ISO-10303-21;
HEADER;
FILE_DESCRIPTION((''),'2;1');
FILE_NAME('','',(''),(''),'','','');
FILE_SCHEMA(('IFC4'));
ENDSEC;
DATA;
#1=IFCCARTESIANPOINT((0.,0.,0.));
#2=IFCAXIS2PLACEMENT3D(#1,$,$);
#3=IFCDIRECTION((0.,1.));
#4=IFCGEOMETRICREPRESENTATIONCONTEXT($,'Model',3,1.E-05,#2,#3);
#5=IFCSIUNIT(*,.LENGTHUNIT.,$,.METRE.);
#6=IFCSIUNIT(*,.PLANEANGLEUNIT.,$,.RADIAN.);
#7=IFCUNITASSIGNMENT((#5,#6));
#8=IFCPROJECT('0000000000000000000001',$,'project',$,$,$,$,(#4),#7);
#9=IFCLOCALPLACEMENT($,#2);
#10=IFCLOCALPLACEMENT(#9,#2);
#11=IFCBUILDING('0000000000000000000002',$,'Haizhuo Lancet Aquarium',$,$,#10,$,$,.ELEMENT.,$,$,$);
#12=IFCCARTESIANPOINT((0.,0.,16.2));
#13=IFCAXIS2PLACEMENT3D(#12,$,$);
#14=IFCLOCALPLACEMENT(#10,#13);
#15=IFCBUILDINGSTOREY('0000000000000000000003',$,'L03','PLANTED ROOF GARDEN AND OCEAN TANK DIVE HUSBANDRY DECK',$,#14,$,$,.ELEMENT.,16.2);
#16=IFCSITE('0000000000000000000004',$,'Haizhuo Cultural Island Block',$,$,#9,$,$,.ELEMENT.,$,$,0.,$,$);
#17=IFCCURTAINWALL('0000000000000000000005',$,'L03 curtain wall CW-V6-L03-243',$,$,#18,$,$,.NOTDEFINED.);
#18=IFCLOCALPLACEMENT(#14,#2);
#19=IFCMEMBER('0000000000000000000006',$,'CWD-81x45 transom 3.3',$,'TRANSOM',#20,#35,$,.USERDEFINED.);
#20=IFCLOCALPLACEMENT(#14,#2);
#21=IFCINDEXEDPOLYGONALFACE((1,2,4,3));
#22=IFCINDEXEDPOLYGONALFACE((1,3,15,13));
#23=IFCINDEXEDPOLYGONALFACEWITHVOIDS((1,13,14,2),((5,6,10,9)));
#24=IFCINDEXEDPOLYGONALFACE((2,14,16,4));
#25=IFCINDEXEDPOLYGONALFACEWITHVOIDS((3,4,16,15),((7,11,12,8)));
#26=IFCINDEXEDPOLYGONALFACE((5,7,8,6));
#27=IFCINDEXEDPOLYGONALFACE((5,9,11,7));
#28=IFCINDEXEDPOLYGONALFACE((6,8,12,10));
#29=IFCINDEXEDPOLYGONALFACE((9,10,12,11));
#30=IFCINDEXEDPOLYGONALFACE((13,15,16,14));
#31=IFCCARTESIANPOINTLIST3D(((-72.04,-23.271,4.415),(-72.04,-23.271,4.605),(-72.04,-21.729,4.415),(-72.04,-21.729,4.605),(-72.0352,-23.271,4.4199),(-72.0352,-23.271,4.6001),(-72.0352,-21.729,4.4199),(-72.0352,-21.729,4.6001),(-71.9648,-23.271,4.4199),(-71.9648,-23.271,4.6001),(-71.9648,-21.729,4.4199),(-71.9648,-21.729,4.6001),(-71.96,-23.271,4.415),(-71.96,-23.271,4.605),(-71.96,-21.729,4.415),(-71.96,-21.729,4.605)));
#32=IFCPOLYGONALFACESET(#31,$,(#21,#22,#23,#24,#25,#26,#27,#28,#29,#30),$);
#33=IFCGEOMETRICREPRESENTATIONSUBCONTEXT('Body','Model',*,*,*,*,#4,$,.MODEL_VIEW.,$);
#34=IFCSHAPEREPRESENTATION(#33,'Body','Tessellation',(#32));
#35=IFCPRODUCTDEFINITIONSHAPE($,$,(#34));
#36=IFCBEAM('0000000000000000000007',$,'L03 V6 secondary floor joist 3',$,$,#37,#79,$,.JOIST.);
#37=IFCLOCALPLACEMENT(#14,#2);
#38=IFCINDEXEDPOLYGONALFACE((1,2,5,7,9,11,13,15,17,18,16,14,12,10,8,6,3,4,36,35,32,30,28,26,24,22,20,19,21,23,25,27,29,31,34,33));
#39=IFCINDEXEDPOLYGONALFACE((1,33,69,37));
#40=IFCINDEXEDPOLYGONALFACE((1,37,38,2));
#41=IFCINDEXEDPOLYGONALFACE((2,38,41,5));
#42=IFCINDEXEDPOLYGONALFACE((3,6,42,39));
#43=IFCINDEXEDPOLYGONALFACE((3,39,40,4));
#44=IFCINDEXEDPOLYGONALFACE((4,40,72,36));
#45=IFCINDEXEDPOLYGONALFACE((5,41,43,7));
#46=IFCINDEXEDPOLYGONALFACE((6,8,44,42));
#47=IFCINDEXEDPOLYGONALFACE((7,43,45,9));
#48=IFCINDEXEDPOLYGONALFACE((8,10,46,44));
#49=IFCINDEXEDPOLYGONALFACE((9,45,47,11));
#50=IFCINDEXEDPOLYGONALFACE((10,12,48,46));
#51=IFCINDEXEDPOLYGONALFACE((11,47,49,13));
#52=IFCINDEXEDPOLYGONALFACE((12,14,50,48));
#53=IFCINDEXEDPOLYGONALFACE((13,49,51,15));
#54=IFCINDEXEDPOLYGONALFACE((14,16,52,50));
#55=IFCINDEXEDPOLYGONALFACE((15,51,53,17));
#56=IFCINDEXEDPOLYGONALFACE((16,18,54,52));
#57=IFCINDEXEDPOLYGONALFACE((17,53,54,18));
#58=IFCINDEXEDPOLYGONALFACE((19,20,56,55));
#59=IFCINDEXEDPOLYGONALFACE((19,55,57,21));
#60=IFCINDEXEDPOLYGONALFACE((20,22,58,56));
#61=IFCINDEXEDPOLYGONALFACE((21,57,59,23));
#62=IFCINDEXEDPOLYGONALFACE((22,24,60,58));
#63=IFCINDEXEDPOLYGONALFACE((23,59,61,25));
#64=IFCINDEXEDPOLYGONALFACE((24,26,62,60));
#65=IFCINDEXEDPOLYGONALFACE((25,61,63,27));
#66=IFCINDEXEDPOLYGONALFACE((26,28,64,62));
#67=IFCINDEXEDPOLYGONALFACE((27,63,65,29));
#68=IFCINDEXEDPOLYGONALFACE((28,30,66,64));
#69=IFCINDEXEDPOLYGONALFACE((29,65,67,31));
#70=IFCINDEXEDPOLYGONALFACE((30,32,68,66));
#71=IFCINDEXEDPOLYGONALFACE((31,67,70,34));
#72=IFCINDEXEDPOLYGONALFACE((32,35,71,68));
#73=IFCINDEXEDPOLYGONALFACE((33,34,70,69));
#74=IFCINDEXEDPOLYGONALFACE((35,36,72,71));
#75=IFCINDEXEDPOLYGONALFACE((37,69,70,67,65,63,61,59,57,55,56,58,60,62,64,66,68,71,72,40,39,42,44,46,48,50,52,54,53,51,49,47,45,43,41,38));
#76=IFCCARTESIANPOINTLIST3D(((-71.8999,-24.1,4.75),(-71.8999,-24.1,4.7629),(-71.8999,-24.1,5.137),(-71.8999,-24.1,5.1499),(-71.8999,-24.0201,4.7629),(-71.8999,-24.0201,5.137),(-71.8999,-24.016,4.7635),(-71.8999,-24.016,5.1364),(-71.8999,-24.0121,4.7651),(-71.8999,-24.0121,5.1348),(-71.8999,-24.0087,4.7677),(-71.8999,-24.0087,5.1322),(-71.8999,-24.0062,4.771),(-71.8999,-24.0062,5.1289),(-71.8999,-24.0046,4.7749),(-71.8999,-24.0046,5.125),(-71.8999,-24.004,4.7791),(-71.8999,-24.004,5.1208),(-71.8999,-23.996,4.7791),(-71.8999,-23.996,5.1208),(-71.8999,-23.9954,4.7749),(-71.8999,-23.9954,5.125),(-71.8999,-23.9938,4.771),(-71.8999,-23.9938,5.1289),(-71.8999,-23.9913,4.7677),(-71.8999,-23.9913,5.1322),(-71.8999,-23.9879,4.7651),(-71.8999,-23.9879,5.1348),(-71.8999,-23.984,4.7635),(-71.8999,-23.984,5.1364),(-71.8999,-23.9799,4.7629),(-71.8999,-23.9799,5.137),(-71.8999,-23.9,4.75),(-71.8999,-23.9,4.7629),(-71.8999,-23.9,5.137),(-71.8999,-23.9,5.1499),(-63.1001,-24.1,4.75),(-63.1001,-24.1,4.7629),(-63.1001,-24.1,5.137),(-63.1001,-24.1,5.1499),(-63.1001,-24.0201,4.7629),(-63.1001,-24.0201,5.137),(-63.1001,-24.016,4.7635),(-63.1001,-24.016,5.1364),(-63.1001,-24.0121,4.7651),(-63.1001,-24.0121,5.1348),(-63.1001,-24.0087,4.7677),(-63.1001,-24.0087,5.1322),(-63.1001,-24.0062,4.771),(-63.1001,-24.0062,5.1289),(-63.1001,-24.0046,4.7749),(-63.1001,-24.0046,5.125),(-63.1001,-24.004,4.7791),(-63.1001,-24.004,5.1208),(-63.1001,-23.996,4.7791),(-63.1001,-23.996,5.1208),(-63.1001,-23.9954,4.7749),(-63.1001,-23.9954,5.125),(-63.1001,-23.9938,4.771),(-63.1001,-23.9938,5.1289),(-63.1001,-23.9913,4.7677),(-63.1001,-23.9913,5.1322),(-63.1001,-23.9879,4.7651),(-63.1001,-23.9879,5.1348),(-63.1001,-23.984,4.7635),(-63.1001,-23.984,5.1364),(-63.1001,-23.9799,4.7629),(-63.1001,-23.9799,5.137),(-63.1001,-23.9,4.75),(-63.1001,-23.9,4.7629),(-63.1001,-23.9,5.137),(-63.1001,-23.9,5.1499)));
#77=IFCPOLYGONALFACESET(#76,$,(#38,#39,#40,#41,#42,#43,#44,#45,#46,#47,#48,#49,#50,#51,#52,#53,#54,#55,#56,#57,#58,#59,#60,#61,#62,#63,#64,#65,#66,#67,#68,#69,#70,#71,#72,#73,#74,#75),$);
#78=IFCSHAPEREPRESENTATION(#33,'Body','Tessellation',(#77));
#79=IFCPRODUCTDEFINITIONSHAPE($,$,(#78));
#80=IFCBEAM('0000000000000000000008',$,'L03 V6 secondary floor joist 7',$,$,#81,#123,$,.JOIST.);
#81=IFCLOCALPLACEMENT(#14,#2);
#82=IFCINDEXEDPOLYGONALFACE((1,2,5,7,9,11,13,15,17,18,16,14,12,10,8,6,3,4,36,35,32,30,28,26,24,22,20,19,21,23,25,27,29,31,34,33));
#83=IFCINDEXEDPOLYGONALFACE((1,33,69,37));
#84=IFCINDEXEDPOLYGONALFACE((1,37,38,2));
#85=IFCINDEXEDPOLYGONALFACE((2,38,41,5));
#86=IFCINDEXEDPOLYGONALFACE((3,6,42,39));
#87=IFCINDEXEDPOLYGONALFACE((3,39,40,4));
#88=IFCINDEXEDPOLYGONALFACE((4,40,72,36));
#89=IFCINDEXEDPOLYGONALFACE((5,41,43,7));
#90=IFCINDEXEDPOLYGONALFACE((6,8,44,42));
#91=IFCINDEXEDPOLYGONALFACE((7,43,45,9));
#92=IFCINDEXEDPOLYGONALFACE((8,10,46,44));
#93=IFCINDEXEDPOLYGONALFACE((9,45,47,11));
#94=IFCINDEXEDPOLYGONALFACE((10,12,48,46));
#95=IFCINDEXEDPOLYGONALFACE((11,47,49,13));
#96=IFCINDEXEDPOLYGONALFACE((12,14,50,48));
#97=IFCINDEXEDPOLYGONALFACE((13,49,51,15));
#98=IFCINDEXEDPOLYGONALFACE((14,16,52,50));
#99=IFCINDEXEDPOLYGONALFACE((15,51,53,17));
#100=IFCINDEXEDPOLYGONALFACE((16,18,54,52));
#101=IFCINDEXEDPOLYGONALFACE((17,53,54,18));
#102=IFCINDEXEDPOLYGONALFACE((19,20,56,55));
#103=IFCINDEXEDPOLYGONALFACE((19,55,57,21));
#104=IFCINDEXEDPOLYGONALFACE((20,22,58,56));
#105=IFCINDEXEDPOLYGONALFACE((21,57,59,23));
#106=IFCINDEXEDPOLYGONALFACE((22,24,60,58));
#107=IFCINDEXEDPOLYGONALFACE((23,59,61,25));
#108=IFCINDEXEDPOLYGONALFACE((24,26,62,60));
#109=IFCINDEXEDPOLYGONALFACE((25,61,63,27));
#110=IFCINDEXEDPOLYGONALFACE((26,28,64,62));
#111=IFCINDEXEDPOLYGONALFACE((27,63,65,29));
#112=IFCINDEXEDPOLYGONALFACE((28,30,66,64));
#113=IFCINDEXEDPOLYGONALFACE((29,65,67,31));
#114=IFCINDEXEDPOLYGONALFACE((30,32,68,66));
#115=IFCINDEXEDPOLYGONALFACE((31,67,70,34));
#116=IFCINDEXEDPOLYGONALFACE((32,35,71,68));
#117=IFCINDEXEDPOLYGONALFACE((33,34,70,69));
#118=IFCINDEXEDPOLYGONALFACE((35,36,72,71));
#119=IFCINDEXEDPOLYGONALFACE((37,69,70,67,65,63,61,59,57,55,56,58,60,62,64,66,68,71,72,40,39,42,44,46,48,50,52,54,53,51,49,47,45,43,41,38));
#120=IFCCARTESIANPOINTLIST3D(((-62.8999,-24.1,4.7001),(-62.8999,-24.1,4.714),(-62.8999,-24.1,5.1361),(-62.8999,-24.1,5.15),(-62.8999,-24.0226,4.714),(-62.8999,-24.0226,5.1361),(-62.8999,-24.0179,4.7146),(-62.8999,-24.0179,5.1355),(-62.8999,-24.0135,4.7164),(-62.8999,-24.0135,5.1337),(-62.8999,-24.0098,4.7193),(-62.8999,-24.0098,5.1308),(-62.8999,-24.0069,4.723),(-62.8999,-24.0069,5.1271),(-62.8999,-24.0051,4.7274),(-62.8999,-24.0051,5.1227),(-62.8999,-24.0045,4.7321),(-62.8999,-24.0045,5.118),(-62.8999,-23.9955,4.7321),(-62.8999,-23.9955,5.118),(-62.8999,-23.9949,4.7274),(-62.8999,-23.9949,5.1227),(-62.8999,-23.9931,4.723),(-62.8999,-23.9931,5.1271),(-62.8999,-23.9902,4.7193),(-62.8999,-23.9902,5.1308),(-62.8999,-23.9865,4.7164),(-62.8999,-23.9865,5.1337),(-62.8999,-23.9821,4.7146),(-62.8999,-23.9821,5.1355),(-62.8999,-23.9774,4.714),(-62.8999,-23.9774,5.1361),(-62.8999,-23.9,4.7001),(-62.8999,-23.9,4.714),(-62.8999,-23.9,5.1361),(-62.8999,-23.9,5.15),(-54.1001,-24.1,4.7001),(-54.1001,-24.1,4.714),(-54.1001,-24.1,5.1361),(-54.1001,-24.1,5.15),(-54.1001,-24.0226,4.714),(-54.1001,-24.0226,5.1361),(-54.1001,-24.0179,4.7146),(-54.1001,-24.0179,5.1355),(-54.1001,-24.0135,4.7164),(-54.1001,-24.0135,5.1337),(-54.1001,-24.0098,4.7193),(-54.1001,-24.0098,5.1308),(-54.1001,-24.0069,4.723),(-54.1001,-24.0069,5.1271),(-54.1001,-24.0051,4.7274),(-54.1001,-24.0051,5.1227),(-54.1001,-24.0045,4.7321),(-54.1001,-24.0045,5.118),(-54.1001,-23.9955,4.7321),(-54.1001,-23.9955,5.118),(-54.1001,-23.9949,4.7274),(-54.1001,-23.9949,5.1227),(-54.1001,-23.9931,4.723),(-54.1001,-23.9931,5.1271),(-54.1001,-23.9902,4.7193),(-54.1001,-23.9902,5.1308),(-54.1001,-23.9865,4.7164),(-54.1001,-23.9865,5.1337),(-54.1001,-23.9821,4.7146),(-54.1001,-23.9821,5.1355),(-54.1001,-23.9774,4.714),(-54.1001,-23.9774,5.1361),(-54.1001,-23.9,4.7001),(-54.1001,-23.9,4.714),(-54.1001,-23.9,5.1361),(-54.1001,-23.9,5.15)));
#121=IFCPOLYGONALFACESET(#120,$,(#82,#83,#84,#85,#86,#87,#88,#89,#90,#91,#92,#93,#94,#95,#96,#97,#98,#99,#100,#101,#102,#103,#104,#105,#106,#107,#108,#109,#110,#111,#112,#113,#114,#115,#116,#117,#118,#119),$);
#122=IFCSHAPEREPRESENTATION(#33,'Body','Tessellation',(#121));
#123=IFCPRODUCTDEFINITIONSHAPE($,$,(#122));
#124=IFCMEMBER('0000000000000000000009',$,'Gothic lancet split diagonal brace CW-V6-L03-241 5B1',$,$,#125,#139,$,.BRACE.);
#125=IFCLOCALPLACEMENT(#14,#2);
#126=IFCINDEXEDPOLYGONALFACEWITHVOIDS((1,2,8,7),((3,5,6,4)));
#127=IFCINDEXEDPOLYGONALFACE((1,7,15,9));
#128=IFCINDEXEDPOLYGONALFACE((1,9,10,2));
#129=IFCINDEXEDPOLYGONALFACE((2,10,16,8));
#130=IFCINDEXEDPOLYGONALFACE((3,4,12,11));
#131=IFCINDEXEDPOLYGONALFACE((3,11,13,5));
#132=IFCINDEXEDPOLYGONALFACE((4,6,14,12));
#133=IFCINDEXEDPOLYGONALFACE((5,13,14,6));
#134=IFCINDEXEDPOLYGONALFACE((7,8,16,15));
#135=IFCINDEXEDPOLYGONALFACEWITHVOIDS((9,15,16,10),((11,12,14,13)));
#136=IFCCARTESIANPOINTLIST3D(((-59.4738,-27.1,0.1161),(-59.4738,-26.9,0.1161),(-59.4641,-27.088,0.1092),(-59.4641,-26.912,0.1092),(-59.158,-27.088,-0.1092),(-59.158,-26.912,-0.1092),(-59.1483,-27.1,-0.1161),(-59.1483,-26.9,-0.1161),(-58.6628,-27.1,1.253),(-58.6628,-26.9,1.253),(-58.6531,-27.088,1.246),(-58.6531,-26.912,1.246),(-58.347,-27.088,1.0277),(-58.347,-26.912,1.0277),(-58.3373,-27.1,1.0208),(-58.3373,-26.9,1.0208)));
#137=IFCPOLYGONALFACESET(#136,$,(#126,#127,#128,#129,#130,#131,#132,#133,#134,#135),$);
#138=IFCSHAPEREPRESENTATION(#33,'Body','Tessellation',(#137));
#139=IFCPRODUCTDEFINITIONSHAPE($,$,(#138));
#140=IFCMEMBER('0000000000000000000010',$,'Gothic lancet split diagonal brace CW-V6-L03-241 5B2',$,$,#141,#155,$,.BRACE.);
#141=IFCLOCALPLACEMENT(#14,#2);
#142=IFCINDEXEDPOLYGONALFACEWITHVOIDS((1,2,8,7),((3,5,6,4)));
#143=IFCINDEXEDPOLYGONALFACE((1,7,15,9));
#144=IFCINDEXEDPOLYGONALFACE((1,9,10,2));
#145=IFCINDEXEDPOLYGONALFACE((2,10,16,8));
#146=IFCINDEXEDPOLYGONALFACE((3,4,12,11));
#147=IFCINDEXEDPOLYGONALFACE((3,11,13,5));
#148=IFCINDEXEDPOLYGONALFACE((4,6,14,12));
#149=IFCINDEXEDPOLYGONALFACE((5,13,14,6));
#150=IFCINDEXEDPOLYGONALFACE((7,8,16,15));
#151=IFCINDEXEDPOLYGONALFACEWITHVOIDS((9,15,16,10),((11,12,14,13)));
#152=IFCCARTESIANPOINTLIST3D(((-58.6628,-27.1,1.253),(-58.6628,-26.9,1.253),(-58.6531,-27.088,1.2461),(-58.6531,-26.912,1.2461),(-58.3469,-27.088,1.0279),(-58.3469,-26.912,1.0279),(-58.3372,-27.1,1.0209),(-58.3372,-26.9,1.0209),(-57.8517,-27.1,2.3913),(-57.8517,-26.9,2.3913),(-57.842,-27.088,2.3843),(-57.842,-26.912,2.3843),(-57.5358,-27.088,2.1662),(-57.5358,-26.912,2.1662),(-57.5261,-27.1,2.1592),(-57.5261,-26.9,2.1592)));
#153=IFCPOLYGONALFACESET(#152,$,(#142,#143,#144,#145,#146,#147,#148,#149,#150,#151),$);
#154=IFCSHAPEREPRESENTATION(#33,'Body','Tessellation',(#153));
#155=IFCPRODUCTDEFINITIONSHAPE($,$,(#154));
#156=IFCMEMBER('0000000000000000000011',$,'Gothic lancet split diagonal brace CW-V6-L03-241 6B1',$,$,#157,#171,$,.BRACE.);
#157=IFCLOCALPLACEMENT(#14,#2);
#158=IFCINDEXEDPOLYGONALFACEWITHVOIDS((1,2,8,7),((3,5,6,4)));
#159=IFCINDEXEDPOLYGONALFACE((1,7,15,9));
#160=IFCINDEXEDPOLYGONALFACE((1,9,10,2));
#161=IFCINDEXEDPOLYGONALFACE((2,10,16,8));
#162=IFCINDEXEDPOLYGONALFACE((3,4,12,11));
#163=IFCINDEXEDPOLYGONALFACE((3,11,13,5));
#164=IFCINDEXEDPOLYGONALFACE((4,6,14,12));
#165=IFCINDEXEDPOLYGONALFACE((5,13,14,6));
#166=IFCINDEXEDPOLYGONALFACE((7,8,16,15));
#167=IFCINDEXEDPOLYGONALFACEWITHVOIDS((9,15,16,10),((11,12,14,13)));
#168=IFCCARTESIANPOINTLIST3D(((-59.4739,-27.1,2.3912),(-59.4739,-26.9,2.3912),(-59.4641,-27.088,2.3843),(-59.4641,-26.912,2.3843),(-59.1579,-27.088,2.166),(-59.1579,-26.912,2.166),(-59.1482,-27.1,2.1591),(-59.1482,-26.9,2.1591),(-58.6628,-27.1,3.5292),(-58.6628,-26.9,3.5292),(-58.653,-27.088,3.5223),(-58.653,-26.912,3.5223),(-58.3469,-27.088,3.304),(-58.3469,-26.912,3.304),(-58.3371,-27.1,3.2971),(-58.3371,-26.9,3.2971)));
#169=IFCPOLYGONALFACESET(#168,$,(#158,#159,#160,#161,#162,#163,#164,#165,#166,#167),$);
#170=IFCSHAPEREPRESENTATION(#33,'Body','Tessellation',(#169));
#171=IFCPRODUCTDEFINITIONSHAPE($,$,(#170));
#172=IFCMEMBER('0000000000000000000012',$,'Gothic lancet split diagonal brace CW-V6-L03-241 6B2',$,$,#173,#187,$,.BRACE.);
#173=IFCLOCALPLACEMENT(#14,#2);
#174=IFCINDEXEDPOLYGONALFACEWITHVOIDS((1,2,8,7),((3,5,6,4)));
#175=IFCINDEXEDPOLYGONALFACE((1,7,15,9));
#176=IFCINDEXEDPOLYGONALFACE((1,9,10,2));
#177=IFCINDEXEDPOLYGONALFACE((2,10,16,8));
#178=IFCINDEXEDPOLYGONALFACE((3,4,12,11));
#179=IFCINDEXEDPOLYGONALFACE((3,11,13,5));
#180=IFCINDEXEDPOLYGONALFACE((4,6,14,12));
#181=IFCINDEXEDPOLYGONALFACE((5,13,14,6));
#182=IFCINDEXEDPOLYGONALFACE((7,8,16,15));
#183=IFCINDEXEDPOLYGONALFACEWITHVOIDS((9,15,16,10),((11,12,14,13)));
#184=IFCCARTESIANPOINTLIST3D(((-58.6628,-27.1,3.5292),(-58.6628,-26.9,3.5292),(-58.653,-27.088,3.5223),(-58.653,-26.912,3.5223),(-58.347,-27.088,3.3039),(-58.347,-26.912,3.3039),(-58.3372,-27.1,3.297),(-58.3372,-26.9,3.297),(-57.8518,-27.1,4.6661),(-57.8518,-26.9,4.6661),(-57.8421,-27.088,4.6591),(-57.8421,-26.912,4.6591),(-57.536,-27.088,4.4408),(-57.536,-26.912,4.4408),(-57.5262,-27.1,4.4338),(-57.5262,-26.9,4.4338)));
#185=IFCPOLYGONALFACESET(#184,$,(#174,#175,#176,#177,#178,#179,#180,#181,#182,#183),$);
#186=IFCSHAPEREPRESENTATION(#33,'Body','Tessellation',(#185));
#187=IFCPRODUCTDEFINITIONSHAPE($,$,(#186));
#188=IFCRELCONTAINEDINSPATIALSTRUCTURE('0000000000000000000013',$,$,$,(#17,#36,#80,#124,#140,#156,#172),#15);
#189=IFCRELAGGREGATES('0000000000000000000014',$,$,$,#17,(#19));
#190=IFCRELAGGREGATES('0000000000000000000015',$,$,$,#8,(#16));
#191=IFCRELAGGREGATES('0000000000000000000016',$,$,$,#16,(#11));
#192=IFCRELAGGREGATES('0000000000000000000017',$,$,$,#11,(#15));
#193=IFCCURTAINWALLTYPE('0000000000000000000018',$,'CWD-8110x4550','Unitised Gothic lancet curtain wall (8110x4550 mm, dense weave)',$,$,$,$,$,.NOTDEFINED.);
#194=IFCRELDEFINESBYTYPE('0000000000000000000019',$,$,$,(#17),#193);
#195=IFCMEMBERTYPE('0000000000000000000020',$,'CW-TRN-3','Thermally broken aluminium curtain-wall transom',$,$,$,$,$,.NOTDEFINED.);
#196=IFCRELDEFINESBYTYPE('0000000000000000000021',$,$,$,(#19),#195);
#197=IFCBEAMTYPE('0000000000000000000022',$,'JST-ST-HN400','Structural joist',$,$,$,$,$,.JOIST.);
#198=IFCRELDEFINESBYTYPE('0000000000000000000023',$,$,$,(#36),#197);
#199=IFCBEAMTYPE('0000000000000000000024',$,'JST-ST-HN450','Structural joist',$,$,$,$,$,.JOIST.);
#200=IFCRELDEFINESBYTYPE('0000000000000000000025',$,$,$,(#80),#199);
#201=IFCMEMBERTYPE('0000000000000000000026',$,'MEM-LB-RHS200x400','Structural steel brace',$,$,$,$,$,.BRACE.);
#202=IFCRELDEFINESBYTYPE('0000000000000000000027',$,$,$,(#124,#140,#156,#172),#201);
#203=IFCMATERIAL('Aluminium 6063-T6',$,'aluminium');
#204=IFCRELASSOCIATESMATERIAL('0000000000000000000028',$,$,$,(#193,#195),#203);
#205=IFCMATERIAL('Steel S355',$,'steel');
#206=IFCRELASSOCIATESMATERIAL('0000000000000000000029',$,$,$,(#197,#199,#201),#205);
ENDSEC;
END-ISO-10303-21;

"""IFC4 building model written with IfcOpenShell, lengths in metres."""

from ifc_helpers import new_model, si_unit, direction, frame, origin, origin_2d, place, context, subcontext, project, spatial, hollow_rectangle, i_section, extrude, material, material_profile, profile_set, type_object, element, aggregate, save


model = new_model("IFC4")

# Units and contexts
model_context = context("Model", 3, precision=1e-05, world=origin(), true_north=direction((0.0, 1.0)))
body_context = subcontext(model_context, "Body", "Model", "MODEL_VIEW")
ifc_project = project(units=[si_unit("LENGTHUNIT", "METRE"), si_unit("PLANEANGLEUNIT", "RADIAN")], contexts=[model_context])

# Site, building, storey
site_placement = place(None, origin())
site = spatial("IfcSite", under=ifc_project, at=site_placement, Name="Haizhuo Cultural Island Block", CompositionType="ELEMENT", RefElevation=0.0)
building_placement = place(site_placement, origin())
building = spatial("IfcBuilding", under=site, at=building_placement, Name="Haizhuo Lancet Aquarium", CompositionType="ELEMENT")
storey_placement = place(building_placement, frame((0.0, 0.0, 16.2)))
storey = spatial("IfcBuildingStorey", under=building, at=storey_placement, Name="L03", Description="PLANTED ROOF GARDEN AND OCEAN TANK DIVE HUSBANDRY DECK", CompositionType="ELEMENT", Elevation=16.2)

# Shared definitions
ifc_material_1 = material(Name="Aluminium 6063-T6", Category="aluminium")
curtain_wall_type = type_object("IfcCurtainWallType", Name="CWD-8110x4550", Description="Unitised Gothic lancet curtain wall (8110x4550 mm, dense weave)", PredefinedType="NOTDEFINED", material=ifc_material_1)

# Curtain wall
curtain_wall_1_placement = place(storey_placement, origin())
curtain_wall_1 = element("IfcCurtainWall", 1, at=curtain_wall_1_placement, inside=storey, type_object=curtain_wall_type, Name="L03 curtain wall CW-V6-L03-243", PredefinedType="NOTDEFINED")

# Member
ifc_material_profile_1 = material_profile(ifc_material_1, hollow_rectangle(XDim=0.0801, YDim=0.1899, WallThickness=0.0049, at=origin_2d()), Name="ALU-T 80x190x5")
ifc_profile_set_1 = profile_set([ifc_material_profile_1], Name="Aluminium 6063-T6")
member_type_1 = type_object("IfcMemberType", Name="CW-TRN-3", Description="Thermally broken aluminium curtain-wall transom", PredefinedType="NOTDEFINED", material=ifc_profile_set_1)
member_1_placement = place(storey_placement, frame((-72.0, -23.271, 4.51), z_axis=(0.0, 1.0, 0.0), x_axis=(-1.0, 0.0, 0.0)))
member_1 = element("IfcMember", 2, at=member_1_placement, type_object=member_type_1, Name="CWD-81x45 transom 3.3", ObjectType="TRANSOM", PredefinedType="USERDEFINED", context=body_context, shape_type="SweptSolid", body=[
    extrude(hollow_rectangle(XDim=0.0801, YDim=0.1899, WallThickness=0.0049, at=origin_2d()), origin(), (0.0, 0.0, 1.0), 1.542),
])
aggregate(curtain_wall_1, [member_1])

# Beams
ifc_material_2 = material(Name="Steel S355", Category="steel")
ifc_material_profile_2 = material_profile(ifc_material_2, i_section(OverallWidth=0.2, OverallDepth=0.3999, WebThickness=0.0081, FlangeThickness=0.0129, FilletRadius=0.0161, at=origin_2d()), Name="HN 400x200x8x13")
ifc_profile_set_2 = profile_set([ifc_material_profile_2], Name="Steel S355")
beam_type_1 = type_object("IfcBeamType", Name="JST-ST-HN400", Description="Structural joist", PredefinedType="JOIST", material=ifc_profile_set_2)
beam_1_placement = place(storey_placement, frame((-71.8999, -24.0, 4.95), z_axis=(1.0, 0.0, 0.0), x_axis=(0.0, 1.0, 0.0)))
element("IfcBeam", 3, at=beam_1_placement, inside=storey, type_object=beam_type_1, Name="L03 V6 secondary floor joist 3", PredefinedType="JOIST", context=body_context, shape_type="SweptSolid", body=[
    extrude(i_section(OverallWidth=0.2, OverallDepth=0.3999, WebThickness=0.0081, FlangeThickness=0.0129, FilletRadius=0.0161, at=origin_2d()), origin(), (0.0, 0.0, 1.0), 8.7998),
])
ifc_material_profile_3 = material_profile(ifc_material_2, i_section(OverallWidth=0.2, OverallDepth=0.45, WebThickness=0.009, FlangeThickness=0.0139, FilletRadius=0.0181, at=origin_2d()), Name="HN 450x200x9x14")
ifc_profile_set_3 = profile_set([ifc_material_profile_3], Name="Steel S355")
beam_type_2 = type_object("IfcBeamType", Name="JST-ST-HN450", Description="Structural joist", PredefinedType="JOIST", material=ifc_profile_set_3)
beam_2_placement = place(storey_placement, frame((-62.8999, -24.0, 4.925), z_axis=(1.0, 0.0, 0.0), x_axis=(0.0, 1.0, 0.0)))
element("IfcBeam", 4, at=beam_2_placement, inside=storey, type_object=beam_type_2, Name="L03 V6 secondary floor joist 7", PredefinedType="JOIST", context=body_context, shape_type="SweptSolid", body=[
    extrude(i_section(OverallWidth=0.2, OverallDepth=0.45, WebThickness=0.009, FlangeThickness=0.0139, FilletRadius=0.0181, at=origin_2d()), origin(), (0.0, 0.0, 1.0), 8.7998),
])

# Members
ifc_material_profile_4 = material_profile(ifc_material_2, hollow_rectangle(XDim=0.2, YDim=0.3999, WallThickness=0.012, at=origin_2d()), Name="RHS 200x400x12")
ifc_profile_set_4 = profile_set([ifc_material_profile_4], Name="Steel S355")
member_type_2 = type_object("IfcMemberType", Name="MEM-LB-RHS200x400", Description="Structural steel brace", PredefinedType="BRACE", material=ifc_profile_set_4)
member_2_placement = place(storey_placement, frame((-59.311, -27.0, 0.0), z_axis=(0.580725, 0.0, 0.814099), x_axis=(0.0, 1.0, 0.0)))
element("IfcMember", 5, at=member_2_placement, inside=storey, type_object=member_type_2, Name="Gothic lancet split diagonal brace CW-V6-L03-241 5B1", PredefinedType="BRACE", context=body_context, shape_type="SweptSolid", body=[
    extrude(hollow_rectangle(XDim=0.2, YDim=0.3999, WallThickness=0.012, at=origin_2d()), origin(), (0.0, 0.0, 1.0), 1.3965),
])
member_3_placement = place(storey_placement, frame((-58.5, -27.0, 1.137), z_axis=(0.580312, 0.0, 0.814394), x_axis=(0.0, 1.0, 0.0)))
element("IfcMember", 6, at=member_3_placement, inside=storey, type_object=member_type_2, Name="Gothic lancet split diagonal brace CW-V6-L03-241 5B2", PredefinedType="BRACE", context=body_context, shape_type="SweptSolid", body=[
    extrude(hollow_rectangle(XDim=0.2, YDim=0.3999, WallThickness=0.012, at=origin_2d()), origin(), (0.0, 0.0, 1.0), 1.3977),
])
member_4_placement = place(storey_placement, frame((-59.311, -27.0, 2.2751), z_axis=(0.580395, 0.0, 0.814335), x_axis=(0.0, 1.0, 0.0)))
element("IfcMember", 7, at=member_4_placement, inside=storey, type_object=member_type_2, Name="Gothic lancet split diagonal brace CW-V6-L03-241 6B1", PredefinedType="BRACE", context=body_context, shape_type="SweptSolid", body=[
    extrude(hollow_rectangle(XDim=0.2, YDim=0.3999, WallThickness=0.012, at=origin_2d()), origin(), (0.0, 0.0, 1.0), 1.3975),
])
member_5_placement = place(storey_placement, frame((-58.5, -27.0, 3.4131), z_axis=(0.580725, 0.0, 0.814099), x_axis=(0.0, 1.0, 0.0)))
element("IfcMember", 8, at=member_5_placement, inside=storey, type_object=member_type_2, Name="Gothic lancet split diagonal brace CW-V6-L03-241 6B2", PredefinedType="BRACE", context=body_context, shape_type="SweptSolid", body=[
    extrude(hollow_rectangle(XDim=0.2, YDim=0.3999, WallThickness=0.012, at=origin_2d()), origin(), (0.0, 0.0, 1.0), 1.3965),
])

save(model, "model.ifc")
